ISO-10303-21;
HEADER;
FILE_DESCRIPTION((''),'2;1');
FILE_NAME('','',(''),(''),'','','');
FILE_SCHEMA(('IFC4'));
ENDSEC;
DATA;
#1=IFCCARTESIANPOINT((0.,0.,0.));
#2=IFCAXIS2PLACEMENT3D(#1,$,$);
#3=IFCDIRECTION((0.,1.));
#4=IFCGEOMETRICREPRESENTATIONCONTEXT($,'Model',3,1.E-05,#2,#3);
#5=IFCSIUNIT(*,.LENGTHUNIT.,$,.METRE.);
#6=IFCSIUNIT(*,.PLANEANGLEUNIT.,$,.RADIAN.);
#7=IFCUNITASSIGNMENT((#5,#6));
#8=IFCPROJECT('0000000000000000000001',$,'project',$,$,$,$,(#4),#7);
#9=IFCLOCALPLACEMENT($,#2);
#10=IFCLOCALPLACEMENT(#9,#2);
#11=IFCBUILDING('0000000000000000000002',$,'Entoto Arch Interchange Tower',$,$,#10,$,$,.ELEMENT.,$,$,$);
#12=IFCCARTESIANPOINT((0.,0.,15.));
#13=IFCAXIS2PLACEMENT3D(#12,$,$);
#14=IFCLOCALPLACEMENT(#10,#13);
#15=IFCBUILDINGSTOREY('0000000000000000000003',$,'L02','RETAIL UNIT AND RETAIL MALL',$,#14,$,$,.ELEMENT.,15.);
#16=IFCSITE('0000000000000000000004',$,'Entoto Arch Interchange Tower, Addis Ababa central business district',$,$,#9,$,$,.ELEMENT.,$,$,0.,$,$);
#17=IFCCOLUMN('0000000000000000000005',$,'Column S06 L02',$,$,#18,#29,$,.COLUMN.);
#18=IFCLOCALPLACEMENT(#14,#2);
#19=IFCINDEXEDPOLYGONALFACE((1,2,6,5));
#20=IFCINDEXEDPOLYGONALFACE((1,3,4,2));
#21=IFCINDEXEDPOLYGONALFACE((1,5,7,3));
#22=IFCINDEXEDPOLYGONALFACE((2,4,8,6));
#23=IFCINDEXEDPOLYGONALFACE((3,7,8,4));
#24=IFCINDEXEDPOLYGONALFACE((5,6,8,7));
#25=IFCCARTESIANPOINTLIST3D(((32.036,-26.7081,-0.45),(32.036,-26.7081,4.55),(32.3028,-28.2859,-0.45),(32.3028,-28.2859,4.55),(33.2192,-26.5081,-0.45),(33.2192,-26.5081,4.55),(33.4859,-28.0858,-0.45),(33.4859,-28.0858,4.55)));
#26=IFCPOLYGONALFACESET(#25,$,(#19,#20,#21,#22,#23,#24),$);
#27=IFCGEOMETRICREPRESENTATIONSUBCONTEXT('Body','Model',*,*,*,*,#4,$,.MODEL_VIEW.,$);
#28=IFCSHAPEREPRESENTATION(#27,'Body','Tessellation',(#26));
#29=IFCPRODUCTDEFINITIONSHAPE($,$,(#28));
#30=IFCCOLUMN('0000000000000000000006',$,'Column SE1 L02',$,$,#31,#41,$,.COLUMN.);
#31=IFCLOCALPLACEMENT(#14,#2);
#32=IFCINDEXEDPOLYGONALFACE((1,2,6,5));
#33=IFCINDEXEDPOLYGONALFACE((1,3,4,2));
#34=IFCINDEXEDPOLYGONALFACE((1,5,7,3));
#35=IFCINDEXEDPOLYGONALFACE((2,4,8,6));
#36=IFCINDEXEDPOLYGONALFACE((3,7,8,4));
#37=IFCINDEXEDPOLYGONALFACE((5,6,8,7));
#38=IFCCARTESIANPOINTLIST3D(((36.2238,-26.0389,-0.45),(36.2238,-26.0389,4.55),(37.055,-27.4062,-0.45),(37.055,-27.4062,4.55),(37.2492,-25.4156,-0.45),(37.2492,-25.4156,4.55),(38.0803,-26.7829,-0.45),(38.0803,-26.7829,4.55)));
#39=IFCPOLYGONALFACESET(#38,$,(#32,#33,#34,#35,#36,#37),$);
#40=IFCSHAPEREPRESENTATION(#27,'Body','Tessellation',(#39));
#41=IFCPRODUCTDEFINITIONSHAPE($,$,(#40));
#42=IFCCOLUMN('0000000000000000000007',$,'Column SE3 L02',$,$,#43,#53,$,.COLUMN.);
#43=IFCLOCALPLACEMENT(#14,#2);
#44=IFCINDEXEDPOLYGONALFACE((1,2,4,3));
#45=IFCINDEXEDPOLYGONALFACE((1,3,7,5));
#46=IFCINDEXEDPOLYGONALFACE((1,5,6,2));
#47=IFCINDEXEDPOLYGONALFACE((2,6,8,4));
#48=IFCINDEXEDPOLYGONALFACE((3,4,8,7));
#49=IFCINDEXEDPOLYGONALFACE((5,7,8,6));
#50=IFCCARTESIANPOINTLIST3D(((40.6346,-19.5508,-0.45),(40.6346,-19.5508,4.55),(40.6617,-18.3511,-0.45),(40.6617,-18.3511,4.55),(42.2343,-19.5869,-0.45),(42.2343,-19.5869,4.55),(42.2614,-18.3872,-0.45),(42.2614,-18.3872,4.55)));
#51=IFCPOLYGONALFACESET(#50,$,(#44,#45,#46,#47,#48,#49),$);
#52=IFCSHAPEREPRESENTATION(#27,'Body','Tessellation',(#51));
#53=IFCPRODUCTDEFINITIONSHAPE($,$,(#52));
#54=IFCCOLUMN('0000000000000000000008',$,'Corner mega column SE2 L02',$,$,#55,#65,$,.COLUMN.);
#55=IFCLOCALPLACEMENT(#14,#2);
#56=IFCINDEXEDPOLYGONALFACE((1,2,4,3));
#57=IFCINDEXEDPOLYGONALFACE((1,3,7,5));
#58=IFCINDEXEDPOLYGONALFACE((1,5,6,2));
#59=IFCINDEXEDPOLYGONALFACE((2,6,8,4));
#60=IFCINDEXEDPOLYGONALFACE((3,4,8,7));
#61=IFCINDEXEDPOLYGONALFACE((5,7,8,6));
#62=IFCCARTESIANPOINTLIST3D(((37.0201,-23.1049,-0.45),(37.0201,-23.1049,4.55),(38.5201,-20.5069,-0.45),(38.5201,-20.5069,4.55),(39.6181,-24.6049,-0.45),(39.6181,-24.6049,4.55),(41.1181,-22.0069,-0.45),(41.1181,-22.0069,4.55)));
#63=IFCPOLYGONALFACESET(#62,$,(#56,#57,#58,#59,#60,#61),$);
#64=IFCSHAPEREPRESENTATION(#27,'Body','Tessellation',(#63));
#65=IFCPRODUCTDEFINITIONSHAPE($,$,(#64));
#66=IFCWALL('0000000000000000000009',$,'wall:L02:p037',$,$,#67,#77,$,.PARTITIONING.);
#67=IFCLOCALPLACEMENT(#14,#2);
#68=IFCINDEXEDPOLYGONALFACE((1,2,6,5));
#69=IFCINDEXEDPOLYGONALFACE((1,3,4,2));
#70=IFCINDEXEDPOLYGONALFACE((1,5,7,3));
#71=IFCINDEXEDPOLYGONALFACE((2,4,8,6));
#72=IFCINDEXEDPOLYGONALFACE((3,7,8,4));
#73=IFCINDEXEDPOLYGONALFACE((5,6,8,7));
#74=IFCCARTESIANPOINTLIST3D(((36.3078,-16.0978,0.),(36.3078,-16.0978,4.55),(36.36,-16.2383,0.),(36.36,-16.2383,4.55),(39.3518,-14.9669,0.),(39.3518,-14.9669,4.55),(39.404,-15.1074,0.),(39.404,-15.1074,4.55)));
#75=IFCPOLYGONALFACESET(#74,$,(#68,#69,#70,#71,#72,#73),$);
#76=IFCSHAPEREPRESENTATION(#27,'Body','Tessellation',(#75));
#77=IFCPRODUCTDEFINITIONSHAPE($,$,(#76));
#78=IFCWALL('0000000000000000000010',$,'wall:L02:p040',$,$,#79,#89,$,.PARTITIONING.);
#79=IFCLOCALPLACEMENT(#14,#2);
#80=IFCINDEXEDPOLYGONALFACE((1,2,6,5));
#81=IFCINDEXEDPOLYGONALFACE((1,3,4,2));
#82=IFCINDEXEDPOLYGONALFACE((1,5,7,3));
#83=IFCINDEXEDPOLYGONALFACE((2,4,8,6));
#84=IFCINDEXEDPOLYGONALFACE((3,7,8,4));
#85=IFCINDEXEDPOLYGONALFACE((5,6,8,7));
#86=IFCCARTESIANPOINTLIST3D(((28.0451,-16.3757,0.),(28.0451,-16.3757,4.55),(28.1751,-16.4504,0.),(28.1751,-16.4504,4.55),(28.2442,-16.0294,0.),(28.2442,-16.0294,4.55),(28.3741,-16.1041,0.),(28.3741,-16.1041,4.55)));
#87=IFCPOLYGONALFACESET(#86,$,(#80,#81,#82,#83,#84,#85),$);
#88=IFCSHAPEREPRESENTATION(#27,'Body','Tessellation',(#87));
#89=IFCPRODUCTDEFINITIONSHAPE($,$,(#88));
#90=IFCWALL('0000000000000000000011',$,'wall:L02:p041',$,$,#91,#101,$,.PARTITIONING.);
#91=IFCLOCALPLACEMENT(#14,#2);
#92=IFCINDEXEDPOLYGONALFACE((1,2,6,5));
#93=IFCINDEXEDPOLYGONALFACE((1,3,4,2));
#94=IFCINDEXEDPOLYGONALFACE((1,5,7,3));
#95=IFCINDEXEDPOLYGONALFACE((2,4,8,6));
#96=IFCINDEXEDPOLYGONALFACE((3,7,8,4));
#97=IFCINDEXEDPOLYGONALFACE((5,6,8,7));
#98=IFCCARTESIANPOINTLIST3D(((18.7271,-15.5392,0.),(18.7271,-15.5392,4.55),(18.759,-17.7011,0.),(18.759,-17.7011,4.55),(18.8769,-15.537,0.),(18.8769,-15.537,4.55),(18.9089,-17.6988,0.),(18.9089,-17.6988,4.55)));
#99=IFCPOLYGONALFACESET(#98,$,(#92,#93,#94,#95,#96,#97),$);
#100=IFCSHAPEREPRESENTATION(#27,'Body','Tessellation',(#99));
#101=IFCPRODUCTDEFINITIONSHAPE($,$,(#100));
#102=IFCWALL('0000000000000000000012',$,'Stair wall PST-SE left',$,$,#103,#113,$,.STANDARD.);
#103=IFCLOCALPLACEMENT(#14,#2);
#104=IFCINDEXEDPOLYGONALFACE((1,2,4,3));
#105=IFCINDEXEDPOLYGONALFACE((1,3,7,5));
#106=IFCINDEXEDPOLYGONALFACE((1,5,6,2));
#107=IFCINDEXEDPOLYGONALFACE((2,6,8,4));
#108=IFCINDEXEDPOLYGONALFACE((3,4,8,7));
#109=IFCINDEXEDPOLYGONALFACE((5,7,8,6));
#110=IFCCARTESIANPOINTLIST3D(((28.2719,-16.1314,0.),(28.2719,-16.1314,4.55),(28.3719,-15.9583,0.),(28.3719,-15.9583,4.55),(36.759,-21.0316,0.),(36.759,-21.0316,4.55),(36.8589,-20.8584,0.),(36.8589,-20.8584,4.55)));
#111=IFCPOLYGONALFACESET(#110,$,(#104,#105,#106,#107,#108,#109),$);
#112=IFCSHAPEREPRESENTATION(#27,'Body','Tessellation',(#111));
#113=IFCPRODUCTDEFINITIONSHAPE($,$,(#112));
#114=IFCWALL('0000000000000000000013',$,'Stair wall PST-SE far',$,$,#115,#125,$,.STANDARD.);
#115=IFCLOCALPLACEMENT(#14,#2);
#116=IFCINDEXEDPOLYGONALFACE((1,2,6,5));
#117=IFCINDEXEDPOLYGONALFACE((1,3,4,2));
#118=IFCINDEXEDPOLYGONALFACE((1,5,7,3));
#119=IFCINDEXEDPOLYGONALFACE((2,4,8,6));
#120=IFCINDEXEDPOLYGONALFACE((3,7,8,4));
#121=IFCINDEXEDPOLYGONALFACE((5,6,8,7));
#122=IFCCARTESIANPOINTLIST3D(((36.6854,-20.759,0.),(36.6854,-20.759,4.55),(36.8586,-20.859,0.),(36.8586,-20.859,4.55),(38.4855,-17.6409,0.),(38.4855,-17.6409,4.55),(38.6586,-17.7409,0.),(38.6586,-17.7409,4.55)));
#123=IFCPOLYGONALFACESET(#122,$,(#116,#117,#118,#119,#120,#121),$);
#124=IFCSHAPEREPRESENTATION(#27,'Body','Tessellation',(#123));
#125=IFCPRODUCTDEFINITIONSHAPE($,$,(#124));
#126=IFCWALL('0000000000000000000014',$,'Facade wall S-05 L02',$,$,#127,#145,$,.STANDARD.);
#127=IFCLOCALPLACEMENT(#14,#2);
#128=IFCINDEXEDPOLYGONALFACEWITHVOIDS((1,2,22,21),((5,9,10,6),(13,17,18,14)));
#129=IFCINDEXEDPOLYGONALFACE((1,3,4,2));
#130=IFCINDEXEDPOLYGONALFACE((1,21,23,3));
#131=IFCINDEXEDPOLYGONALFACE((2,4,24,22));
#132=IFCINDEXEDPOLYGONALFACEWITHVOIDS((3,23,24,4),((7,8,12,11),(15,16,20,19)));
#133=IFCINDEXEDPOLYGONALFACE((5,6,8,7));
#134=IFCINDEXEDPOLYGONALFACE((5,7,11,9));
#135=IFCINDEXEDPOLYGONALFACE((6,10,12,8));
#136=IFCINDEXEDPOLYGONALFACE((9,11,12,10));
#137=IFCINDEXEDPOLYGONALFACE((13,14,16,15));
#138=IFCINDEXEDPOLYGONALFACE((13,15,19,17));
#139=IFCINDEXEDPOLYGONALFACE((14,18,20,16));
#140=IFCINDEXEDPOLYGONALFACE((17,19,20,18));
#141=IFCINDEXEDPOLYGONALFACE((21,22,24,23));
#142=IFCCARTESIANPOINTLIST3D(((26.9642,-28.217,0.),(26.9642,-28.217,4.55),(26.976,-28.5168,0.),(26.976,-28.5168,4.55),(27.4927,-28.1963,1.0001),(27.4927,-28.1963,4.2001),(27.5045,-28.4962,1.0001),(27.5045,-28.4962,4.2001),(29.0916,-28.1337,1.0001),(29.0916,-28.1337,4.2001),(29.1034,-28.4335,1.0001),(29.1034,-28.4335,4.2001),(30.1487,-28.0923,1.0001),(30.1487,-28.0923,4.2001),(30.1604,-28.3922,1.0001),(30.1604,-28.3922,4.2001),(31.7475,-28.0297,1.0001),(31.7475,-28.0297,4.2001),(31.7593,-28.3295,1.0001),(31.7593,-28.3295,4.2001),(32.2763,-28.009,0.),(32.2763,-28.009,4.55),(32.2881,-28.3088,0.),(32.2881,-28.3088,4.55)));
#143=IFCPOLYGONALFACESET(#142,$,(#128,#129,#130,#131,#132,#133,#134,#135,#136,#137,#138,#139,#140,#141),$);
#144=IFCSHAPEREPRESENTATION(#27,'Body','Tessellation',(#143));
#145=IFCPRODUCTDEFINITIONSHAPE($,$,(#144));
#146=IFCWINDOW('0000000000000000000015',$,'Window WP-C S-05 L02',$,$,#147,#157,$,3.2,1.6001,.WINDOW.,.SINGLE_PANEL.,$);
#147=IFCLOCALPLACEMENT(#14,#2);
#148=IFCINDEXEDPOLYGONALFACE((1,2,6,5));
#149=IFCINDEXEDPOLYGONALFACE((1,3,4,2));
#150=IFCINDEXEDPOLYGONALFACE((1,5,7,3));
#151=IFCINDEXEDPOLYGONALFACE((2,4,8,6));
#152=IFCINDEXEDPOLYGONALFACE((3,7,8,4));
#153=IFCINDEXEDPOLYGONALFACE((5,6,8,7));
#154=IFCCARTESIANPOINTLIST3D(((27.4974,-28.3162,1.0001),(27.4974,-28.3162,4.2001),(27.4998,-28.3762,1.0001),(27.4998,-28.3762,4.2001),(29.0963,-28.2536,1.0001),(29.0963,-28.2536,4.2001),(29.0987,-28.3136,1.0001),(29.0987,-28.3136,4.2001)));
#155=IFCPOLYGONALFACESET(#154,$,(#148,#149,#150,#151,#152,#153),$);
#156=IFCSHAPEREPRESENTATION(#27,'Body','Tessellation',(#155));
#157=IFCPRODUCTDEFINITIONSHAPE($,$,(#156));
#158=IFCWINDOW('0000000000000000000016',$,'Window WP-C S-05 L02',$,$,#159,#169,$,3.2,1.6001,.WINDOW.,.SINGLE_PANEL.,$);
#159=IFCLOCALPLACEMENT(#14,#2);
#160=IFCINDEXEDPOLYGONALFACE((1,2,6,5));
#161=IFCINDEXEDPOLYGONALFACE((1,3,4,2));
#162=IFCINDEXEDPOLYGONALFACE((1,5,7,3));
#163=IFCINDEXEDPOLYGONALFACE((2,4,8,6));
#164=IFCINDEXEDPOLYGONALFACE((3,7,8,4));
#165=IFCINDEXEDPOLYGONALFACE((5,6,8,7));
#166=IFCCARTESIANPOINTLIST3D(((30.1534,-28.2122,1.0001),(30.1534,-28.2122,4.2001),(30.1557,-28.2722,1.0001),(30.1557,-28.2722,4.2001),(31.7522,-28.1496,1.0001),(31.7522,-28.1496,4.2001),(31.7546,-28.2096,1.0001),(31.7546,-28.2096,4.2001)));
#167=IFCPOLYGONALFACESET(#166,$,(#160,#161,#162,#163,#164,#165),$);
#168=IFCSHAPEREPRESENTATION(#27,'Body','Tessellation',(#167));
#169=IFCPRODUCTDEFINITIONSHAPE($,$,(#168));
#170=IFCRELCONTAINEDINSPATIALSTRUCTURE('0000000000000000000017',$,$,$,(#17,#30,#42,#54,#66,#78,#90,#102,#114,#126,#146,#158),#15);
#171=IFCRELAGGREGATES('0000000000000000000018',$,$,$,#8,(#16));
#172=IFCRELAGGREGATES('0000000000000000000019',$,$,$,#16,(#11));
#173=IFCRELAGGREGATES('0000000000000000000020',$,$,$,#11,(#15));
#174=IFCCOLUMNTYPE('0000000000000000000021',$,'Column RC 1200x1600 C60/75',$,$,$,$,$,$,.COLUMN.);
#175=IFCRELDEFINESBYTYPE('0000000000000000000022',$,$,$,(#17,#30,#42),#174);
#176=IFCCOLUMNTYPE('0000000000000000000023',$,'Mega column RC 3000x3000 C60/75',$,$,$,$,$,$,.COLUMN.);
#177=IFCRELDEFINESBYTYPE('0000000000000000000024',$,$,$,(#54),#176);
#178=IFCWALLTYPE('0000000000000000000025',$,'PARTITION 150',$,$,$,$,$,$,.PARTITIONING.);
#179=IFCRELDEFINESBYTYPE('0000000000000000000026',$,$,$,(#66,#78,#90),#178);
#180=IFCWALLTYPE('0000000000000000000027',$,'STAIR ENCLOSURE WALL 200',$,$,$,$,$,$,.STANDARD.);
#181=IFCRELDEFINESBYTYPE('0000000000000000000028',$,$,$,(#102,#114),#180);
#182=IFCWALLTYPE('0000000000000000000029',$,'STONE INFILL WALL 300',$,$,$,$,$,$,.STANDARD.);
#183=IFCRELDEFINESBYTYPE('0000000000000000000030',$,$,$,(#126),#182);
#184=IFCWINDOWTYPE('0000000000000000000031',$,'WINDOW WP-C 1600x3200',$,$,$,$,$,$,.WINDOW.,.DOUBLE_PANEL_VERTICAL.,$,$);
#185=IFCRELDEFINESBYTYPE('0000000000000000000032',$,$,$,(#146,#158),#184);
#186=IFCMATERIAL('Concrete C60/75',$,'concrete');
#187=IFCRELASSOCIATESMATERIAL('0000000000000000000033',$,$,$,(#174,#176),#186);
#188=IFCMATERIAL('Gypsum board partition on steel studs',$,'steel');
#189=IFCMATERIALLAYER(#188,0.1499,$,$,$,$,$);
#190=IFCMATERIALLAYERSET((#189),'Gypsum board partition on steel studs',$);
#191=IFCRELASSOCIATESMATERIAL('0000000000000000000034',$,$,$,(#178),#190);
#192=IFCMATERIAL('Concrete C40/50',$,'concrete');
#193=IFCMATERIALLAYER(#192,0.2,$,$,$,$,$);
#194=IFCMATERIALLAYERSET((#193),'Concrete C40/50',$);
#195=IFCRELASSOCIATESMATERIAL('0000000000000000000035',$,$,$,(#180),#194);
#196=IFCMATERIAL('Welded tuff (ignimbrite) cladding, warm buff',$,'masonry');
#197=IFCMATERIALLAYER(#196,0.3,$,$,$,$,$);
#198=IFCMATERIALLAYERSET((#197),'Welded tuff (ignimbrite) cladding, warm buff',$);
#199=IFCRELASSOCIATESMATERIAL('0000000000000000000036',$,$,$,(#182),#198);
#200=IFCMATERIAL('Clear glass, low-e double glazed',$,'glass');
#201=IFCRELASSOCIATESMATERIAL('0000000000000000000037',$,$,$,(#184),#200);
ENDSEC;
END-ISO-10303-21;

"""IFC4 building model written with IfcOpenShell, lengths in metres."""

from ifc_helpers import new_model, si_unit, direction, frame, frame_2d, origin, origin_2d, place, context, subcontext, project, spatial, rectangle, extrude, material, layer, layer_set, material_profile, profile_set, type_object, element, fill, save


model = new_model("IFC4")

# Units and contexts
model_context = context("Model", 3, precision=1e-05, world=origin(), true_north=direction((0.0, 1.0)))
body_context = subcontext(model_context, "Body", "Model", "MODEL_VIEW")
ifc_project = project(units=[si_unit("LENGTHUNIT", "METRE"), si_unit("PLANEANGLEUNIT", "RADIAN")], contexts=[model_context])

# Site, building, storey
site_placement = place(None, origin())
site = spatial("IfcSite", under=ifc_project, at=site_placement, Name="Entoto Arch Interchange Tower, Addis Ababa central business district", CompositionType="ELEMENT", RefElevation=0.0)
building_placement = place(site_placement, origin())
building = spatial("IfcBuilding", under=site, at=building_placement, Name="Entoto Arch Interchange Tower", CompositionType="ELEMENT")
storey_placement = place(building_placement, frame((0.0, 0.0, 15.0)))
storey = spatial("IfcBuildingStorey", under=building, at=storey_placement, Name="L02", Description="RETAIL UNIT AND RETAIL MALL", CompositionType="ELEMENT", Elevation=15.0)

# Columns
ifc_material_1 = material(Name="Concrete C60/75", Category="concrete")
ifc_material_profile_1 = material_profile(ifc_material_1, rectangle(XDim=1.2, YDim=1.6001, at=origin_2d()))
ifc_profile_set_1 = profile_set([ifc_material_profile_1], Name="Concrete C60/75")
column_type_1 = type_object("IfcColumnType", Name="Column RC 1200x1600 C60/75", PredefinedType="COLUMN", material=ifc_profile_set_1)
for number, where, z_axis, x_axis, name in (
    (1, (32.761, -27.397, -0.45), (0.0, 0.0, 1.0), (0.986005, 0.166717, 0.0), "Column S06 L02"),
    (2, (37.1521, -26.4109, -0.45), (0.0, 0.0, 1.0), (0.854522, 0.519415, 0.0), "Column SE1 L02"),
    (3, (41.448, -18.969, -0.45), (0.0, 0.0, 1.0), (0.022565, 0.999745, 0.0), "Column SE3 L02"),
):
    element("IfcColumn", number, at=place(storey_placement, frame(where, z_axis=z_axis, x_axis=x_axis)), inside=storey, type_object=column_type_1, Name=name, PredefinedType="COLUMN", context=body_context, shape_type="SweptSolid", body=[
        extrude(rectangle(XDim=1.2, YDim=1.6001, at=origin_2d()), origin(), (0.0, 0.0, 1.0), 5.0),
    ])
ifc_material_profile_2 = material_profile(ifc_material_1, rectangle(XDim=3.0, YDim=3.0, at=origin_2d()))
ifc_profile_set_2 = profile_set([ifc_material_profile_2], Name="Concrete C60/75")
column_type_2 = type_object("IfcColumnType", Name="Mega column RC 3000x3000 C60/75", PredefinedType="COLUMN", material=ifc_profile_set_2)
column_placement = place(storey_placement, frame((39.0691, -22.5559, -0.45), z_axis=(0.0, 0.0, 1.0), x_axis=(-0.866025, 0.5, 0.0)))
element("IfcColumn", 4, at=column_placement, inside=storey, type_object=column_type_2, Name="Corner mega column SE2 L02", PredefinedType="COLUMN", context=body_context, shape_type="SweptSolid", body=[
    extrude(rectangle(XDim=3.0, YDim=3.0, at=origin_2d()), origin(), (0.0, 0.0, 1.0), 5.0),
])

# Walls
ifc_material_2 = material(Name="Gypsum board partition on steel studs", Category="steel")
ifc_layer_1 = layer(ifc_material_2, 0.1499)
ifc_layer_set_1 = layer_set([ifc_layer_1], Name="Gypsum board partition on steel studs")
wall_type_1 = type_object("IfcWallType", Name="PARTITION 150", PredefinedType="PARTITIONING", material=ifc_layer_set_1)
wall_1_placement = place(storey_placement, frame((36.334, -16.168, 0.0), z_axis=(0.0, 0.0, 1.0), x_axis=(0.9374, 0.348254, 0.0)))
element("IfcWall", 5, at=wall_1_placement, inside=storey, type_object=wall_type_1, Name="wall:L02:p037", PredefinedType="PARTITIONING", context=body_context, shape_type="SweptSolid", body=[
    extrude(rectangle(XDim=3.2473, YDim=0.1499, at=frame_2d((1.6235, 0.0))), origin(), (0.0, 0.0, 1.0), 4.55),
])
wall_2_placement = place(storey_placement, frame((28.1101, -16.4131, 0.0), z_axis=(0.0, 0.0, 1.0), x_axis=(0.49831, 0.866999, 0.0)))
element("IfcWall", 6, at=wall_2_placement, inside=storey, type_object=wall_type_1, Name="wall:L02:p040", PredefinedType="PARTITIONING", context=body_context, shape_type="SweptSolid", body=[
    extrude(rectangle(XDim=0.3994, YDim=0.1499, at=frame_2d((0.1997, 0.0))), origin(), (0.0, 0.0, 1.0), 4.55),
])
wall_3_placement = place(storey_placement, frame((18.834, -17.7, 0.0), z_axis=(0.0, 0.0, 1.0), x_axis=(-0.014792, 0.999891, 0.0)))
element("IfcWall", 7, at=wall_3_placement, inside=storey, type_object=wall_type_1, Name="wall:L02:p041", PredefinedType="PARTITIONING", context=body_context, shape_type="SweptSolid", body=[
    extrude(rectangle(XDim=2.1621, YDim=0.1499, at=frame_2d((1.0811, 0.0))), origin(), (0.0, 0.0, 1.0), 4.55),
])
ifc_material_3 = material(Name="Concrete C40/50", Category="concrete")
ifc_layer_2 = layer(ifc_material_3, 0.2)
ifc_layer_set_2 = layer_set([ifc_layer_2], Name="Concrete C40/50")
wall_type_2 = type_object("IfcWallType", Name="STAIR ENCLOSURE WALL 200", PredefinedType="STANDARD", material=ifc_layer_set_2)
wall_4_placement = place(storey_placement, frame((28.322, -16.0449, 0.0), z_axis=(0.0, 0.0, 1.0), x_axis=(0.866019, -0.500011, 0.0)))
element("IfcWall", 8, at=wall_4_placement, inside=storey, type_object=wall_type_2, Name="Stair wall PST-SE left", PredefinedType="STANDARD", context=body_context, shape_type="SweptSolid", body=[
    extrude(rectangle(XDim=9.8, YDim=0.2, at=frame_2d((4.8999, 0.0))), origin(), (0.0, 0.0, 1.0), 4.55),
])
wall_5_placement = place(storey_placement, frame((36.772, -20.8091, 0.0), z_axis=(0.0, 0.0, 1.0), x_axis=(0.499953, 0.866052, 0.0)))
element("IfcWall", 9, at=wall_5_placement, inside=storey, type_object=wall_type_2, Name="Stair wall PST-SE far", PredefinedType="STANDARD", context=body_context, shape_type="SweptSolid", body=[
    extrude(rectangle(XDim=3.6003, YDim=0.2, at=frame_2d((1.8003, 0.0))), origin(), (0.0, 0.0, 1.0), 4.55),
])

# Wall, openings, windows
ifc_material_4 = material(Name="Welded tuff (ignimbrite) cladding, warm buff", Category="masonry")
ifc_layer_3 = layer(ifc_material_4, 0.3)
ifc_layer_set_3 = layer_set([ifc_layer_3], Name="Welded tuff (ignimbrite) cladding, warm buff")
wall_type_3 = type_object("IfcWallType", Name="STONE INFILL WALL 300", PredefinedType="STANDARD", material=ifc_layer_set_3)
wall_6_placement = place(storey_placement, frame((26.97, -28.3669, 0.0), z_axis=(0.0, 0.0, 1.0), x_axis=(0.999234, 0.039128, 0.0)))
wall_6 = element("IfcWall", 10, at=wall_6_placement, inside=storey, type_object=wall_type_3, Name="Facade wall S-05 L02", PredefinedType="STANDARD", context=body_context, shape_type="SweptSolid", body=[
    extrude(rectangle(XDim=5.3162, YDim=0.3, at=frame_2d((2.6582, 0.0))), origin(), (0.0, 0.0, 1.0), 4.55),
])
opening_1_placement = place(wall_6_placement, frame((0.5291, 0.0, 1.0)))
opening_1 = element("IfcOpeningElement", 11, at=opening_1_placement, cuts=wall_6, PredefinedType="OPENING", context=body_context, shape_type="SweptSolid", body=[
    extrude(rectangle(XDim=1.6001, YDim=3.2, at=frame_2d((0.8, 1.6001))), frame((0.0, 0.1602, 0.0), z_axis=(0.0, -1.0, 0.0), x_axis=(1.0, 0.0, 0.0)), (0.0, 0.0, 1.0), 0.3201),
])
opening_2_placement = place(wall_6_placement, frame((3.187, 0.0, 1.0)))
opening_2 = element("IfcOpeningElement", 12, at=opening_2_placement, cuts=wall_6, PredefinedType="OPENING", context=body_context, shape_type="SweptSolid", body=[
    extrude(rectangle(XDim=1.6001, YDim=3.2, at=frame_2d((0.8, 1.6001))), frame((0.0, 0.1602, 0.0), z_axis=(0.0, -1.0, 0.0), x_axis=(1.0, 0.0, 0.0)), (0.0, 0.0, 1.0), 0.3201),
])
ifc_material_5 = material(Name="Clear glass, low-e double glazed", Category="glass")
window_type = type_object("IfcWindowType", Name="WINDOW WP-C 1600x3200", PartitioningType="DOUBLE_PANEL_VERTICAL", PredefinedType="WINDOW", material=ifc_material_5)
window_1_placement = place(opening_1_placement, origin())
window_1 = element("IfcWindow", 13, at=window_1_placement, inside=storey, type_object=window_type, Name="Window WP-C S-05 L02", OverallHeight=3.2, OverallWidth=1.6001, PartitioningType="SINGLE_PANEL", PredefinedType="WINDOW", context=body_context, shape_type="SweptSolid", body=[
    extrude(rectangle(XDim=1.6001, YDim=3.2, at=frame_2d((0.8, 1.6001))), frame((0.0, 0.03, 0.0), z_axis=(0.0, -1.0, 0.0), x_axis=(1.0, 0.0, 0.0)), (0.0, 0.0, 1.0), 0.0601),
])
fill(opening_1, window_1)
window_2_placement = place(opening_2_placement, origin())
window_2 = element("IfcWindow", 14, at=window_2_placement, inside=storey, type_object=window_type, Name="Window WP-C S-05 L02", OverallHeight=3.2, OverallWidth=1.6001, PartitioningType="SINGLE_PANEL", PredefinedType="WINDOW", context=body_context, shape_type="SweptSolid", body=[
    extrude(rectangle(XDim=1.6001, YDim=3.2, at=frame_2d((0.8, 1.6001))), frame((0.0, 0.03, 0.0), z_axis=(0.0, -1.0, 0.0), x_axis=(1.0, 0.0, 0.0)), (0.0, 0.0, 1.0), 0.0601),
])
fill(opening_2, window_2)

save(model, "model.ifc")
